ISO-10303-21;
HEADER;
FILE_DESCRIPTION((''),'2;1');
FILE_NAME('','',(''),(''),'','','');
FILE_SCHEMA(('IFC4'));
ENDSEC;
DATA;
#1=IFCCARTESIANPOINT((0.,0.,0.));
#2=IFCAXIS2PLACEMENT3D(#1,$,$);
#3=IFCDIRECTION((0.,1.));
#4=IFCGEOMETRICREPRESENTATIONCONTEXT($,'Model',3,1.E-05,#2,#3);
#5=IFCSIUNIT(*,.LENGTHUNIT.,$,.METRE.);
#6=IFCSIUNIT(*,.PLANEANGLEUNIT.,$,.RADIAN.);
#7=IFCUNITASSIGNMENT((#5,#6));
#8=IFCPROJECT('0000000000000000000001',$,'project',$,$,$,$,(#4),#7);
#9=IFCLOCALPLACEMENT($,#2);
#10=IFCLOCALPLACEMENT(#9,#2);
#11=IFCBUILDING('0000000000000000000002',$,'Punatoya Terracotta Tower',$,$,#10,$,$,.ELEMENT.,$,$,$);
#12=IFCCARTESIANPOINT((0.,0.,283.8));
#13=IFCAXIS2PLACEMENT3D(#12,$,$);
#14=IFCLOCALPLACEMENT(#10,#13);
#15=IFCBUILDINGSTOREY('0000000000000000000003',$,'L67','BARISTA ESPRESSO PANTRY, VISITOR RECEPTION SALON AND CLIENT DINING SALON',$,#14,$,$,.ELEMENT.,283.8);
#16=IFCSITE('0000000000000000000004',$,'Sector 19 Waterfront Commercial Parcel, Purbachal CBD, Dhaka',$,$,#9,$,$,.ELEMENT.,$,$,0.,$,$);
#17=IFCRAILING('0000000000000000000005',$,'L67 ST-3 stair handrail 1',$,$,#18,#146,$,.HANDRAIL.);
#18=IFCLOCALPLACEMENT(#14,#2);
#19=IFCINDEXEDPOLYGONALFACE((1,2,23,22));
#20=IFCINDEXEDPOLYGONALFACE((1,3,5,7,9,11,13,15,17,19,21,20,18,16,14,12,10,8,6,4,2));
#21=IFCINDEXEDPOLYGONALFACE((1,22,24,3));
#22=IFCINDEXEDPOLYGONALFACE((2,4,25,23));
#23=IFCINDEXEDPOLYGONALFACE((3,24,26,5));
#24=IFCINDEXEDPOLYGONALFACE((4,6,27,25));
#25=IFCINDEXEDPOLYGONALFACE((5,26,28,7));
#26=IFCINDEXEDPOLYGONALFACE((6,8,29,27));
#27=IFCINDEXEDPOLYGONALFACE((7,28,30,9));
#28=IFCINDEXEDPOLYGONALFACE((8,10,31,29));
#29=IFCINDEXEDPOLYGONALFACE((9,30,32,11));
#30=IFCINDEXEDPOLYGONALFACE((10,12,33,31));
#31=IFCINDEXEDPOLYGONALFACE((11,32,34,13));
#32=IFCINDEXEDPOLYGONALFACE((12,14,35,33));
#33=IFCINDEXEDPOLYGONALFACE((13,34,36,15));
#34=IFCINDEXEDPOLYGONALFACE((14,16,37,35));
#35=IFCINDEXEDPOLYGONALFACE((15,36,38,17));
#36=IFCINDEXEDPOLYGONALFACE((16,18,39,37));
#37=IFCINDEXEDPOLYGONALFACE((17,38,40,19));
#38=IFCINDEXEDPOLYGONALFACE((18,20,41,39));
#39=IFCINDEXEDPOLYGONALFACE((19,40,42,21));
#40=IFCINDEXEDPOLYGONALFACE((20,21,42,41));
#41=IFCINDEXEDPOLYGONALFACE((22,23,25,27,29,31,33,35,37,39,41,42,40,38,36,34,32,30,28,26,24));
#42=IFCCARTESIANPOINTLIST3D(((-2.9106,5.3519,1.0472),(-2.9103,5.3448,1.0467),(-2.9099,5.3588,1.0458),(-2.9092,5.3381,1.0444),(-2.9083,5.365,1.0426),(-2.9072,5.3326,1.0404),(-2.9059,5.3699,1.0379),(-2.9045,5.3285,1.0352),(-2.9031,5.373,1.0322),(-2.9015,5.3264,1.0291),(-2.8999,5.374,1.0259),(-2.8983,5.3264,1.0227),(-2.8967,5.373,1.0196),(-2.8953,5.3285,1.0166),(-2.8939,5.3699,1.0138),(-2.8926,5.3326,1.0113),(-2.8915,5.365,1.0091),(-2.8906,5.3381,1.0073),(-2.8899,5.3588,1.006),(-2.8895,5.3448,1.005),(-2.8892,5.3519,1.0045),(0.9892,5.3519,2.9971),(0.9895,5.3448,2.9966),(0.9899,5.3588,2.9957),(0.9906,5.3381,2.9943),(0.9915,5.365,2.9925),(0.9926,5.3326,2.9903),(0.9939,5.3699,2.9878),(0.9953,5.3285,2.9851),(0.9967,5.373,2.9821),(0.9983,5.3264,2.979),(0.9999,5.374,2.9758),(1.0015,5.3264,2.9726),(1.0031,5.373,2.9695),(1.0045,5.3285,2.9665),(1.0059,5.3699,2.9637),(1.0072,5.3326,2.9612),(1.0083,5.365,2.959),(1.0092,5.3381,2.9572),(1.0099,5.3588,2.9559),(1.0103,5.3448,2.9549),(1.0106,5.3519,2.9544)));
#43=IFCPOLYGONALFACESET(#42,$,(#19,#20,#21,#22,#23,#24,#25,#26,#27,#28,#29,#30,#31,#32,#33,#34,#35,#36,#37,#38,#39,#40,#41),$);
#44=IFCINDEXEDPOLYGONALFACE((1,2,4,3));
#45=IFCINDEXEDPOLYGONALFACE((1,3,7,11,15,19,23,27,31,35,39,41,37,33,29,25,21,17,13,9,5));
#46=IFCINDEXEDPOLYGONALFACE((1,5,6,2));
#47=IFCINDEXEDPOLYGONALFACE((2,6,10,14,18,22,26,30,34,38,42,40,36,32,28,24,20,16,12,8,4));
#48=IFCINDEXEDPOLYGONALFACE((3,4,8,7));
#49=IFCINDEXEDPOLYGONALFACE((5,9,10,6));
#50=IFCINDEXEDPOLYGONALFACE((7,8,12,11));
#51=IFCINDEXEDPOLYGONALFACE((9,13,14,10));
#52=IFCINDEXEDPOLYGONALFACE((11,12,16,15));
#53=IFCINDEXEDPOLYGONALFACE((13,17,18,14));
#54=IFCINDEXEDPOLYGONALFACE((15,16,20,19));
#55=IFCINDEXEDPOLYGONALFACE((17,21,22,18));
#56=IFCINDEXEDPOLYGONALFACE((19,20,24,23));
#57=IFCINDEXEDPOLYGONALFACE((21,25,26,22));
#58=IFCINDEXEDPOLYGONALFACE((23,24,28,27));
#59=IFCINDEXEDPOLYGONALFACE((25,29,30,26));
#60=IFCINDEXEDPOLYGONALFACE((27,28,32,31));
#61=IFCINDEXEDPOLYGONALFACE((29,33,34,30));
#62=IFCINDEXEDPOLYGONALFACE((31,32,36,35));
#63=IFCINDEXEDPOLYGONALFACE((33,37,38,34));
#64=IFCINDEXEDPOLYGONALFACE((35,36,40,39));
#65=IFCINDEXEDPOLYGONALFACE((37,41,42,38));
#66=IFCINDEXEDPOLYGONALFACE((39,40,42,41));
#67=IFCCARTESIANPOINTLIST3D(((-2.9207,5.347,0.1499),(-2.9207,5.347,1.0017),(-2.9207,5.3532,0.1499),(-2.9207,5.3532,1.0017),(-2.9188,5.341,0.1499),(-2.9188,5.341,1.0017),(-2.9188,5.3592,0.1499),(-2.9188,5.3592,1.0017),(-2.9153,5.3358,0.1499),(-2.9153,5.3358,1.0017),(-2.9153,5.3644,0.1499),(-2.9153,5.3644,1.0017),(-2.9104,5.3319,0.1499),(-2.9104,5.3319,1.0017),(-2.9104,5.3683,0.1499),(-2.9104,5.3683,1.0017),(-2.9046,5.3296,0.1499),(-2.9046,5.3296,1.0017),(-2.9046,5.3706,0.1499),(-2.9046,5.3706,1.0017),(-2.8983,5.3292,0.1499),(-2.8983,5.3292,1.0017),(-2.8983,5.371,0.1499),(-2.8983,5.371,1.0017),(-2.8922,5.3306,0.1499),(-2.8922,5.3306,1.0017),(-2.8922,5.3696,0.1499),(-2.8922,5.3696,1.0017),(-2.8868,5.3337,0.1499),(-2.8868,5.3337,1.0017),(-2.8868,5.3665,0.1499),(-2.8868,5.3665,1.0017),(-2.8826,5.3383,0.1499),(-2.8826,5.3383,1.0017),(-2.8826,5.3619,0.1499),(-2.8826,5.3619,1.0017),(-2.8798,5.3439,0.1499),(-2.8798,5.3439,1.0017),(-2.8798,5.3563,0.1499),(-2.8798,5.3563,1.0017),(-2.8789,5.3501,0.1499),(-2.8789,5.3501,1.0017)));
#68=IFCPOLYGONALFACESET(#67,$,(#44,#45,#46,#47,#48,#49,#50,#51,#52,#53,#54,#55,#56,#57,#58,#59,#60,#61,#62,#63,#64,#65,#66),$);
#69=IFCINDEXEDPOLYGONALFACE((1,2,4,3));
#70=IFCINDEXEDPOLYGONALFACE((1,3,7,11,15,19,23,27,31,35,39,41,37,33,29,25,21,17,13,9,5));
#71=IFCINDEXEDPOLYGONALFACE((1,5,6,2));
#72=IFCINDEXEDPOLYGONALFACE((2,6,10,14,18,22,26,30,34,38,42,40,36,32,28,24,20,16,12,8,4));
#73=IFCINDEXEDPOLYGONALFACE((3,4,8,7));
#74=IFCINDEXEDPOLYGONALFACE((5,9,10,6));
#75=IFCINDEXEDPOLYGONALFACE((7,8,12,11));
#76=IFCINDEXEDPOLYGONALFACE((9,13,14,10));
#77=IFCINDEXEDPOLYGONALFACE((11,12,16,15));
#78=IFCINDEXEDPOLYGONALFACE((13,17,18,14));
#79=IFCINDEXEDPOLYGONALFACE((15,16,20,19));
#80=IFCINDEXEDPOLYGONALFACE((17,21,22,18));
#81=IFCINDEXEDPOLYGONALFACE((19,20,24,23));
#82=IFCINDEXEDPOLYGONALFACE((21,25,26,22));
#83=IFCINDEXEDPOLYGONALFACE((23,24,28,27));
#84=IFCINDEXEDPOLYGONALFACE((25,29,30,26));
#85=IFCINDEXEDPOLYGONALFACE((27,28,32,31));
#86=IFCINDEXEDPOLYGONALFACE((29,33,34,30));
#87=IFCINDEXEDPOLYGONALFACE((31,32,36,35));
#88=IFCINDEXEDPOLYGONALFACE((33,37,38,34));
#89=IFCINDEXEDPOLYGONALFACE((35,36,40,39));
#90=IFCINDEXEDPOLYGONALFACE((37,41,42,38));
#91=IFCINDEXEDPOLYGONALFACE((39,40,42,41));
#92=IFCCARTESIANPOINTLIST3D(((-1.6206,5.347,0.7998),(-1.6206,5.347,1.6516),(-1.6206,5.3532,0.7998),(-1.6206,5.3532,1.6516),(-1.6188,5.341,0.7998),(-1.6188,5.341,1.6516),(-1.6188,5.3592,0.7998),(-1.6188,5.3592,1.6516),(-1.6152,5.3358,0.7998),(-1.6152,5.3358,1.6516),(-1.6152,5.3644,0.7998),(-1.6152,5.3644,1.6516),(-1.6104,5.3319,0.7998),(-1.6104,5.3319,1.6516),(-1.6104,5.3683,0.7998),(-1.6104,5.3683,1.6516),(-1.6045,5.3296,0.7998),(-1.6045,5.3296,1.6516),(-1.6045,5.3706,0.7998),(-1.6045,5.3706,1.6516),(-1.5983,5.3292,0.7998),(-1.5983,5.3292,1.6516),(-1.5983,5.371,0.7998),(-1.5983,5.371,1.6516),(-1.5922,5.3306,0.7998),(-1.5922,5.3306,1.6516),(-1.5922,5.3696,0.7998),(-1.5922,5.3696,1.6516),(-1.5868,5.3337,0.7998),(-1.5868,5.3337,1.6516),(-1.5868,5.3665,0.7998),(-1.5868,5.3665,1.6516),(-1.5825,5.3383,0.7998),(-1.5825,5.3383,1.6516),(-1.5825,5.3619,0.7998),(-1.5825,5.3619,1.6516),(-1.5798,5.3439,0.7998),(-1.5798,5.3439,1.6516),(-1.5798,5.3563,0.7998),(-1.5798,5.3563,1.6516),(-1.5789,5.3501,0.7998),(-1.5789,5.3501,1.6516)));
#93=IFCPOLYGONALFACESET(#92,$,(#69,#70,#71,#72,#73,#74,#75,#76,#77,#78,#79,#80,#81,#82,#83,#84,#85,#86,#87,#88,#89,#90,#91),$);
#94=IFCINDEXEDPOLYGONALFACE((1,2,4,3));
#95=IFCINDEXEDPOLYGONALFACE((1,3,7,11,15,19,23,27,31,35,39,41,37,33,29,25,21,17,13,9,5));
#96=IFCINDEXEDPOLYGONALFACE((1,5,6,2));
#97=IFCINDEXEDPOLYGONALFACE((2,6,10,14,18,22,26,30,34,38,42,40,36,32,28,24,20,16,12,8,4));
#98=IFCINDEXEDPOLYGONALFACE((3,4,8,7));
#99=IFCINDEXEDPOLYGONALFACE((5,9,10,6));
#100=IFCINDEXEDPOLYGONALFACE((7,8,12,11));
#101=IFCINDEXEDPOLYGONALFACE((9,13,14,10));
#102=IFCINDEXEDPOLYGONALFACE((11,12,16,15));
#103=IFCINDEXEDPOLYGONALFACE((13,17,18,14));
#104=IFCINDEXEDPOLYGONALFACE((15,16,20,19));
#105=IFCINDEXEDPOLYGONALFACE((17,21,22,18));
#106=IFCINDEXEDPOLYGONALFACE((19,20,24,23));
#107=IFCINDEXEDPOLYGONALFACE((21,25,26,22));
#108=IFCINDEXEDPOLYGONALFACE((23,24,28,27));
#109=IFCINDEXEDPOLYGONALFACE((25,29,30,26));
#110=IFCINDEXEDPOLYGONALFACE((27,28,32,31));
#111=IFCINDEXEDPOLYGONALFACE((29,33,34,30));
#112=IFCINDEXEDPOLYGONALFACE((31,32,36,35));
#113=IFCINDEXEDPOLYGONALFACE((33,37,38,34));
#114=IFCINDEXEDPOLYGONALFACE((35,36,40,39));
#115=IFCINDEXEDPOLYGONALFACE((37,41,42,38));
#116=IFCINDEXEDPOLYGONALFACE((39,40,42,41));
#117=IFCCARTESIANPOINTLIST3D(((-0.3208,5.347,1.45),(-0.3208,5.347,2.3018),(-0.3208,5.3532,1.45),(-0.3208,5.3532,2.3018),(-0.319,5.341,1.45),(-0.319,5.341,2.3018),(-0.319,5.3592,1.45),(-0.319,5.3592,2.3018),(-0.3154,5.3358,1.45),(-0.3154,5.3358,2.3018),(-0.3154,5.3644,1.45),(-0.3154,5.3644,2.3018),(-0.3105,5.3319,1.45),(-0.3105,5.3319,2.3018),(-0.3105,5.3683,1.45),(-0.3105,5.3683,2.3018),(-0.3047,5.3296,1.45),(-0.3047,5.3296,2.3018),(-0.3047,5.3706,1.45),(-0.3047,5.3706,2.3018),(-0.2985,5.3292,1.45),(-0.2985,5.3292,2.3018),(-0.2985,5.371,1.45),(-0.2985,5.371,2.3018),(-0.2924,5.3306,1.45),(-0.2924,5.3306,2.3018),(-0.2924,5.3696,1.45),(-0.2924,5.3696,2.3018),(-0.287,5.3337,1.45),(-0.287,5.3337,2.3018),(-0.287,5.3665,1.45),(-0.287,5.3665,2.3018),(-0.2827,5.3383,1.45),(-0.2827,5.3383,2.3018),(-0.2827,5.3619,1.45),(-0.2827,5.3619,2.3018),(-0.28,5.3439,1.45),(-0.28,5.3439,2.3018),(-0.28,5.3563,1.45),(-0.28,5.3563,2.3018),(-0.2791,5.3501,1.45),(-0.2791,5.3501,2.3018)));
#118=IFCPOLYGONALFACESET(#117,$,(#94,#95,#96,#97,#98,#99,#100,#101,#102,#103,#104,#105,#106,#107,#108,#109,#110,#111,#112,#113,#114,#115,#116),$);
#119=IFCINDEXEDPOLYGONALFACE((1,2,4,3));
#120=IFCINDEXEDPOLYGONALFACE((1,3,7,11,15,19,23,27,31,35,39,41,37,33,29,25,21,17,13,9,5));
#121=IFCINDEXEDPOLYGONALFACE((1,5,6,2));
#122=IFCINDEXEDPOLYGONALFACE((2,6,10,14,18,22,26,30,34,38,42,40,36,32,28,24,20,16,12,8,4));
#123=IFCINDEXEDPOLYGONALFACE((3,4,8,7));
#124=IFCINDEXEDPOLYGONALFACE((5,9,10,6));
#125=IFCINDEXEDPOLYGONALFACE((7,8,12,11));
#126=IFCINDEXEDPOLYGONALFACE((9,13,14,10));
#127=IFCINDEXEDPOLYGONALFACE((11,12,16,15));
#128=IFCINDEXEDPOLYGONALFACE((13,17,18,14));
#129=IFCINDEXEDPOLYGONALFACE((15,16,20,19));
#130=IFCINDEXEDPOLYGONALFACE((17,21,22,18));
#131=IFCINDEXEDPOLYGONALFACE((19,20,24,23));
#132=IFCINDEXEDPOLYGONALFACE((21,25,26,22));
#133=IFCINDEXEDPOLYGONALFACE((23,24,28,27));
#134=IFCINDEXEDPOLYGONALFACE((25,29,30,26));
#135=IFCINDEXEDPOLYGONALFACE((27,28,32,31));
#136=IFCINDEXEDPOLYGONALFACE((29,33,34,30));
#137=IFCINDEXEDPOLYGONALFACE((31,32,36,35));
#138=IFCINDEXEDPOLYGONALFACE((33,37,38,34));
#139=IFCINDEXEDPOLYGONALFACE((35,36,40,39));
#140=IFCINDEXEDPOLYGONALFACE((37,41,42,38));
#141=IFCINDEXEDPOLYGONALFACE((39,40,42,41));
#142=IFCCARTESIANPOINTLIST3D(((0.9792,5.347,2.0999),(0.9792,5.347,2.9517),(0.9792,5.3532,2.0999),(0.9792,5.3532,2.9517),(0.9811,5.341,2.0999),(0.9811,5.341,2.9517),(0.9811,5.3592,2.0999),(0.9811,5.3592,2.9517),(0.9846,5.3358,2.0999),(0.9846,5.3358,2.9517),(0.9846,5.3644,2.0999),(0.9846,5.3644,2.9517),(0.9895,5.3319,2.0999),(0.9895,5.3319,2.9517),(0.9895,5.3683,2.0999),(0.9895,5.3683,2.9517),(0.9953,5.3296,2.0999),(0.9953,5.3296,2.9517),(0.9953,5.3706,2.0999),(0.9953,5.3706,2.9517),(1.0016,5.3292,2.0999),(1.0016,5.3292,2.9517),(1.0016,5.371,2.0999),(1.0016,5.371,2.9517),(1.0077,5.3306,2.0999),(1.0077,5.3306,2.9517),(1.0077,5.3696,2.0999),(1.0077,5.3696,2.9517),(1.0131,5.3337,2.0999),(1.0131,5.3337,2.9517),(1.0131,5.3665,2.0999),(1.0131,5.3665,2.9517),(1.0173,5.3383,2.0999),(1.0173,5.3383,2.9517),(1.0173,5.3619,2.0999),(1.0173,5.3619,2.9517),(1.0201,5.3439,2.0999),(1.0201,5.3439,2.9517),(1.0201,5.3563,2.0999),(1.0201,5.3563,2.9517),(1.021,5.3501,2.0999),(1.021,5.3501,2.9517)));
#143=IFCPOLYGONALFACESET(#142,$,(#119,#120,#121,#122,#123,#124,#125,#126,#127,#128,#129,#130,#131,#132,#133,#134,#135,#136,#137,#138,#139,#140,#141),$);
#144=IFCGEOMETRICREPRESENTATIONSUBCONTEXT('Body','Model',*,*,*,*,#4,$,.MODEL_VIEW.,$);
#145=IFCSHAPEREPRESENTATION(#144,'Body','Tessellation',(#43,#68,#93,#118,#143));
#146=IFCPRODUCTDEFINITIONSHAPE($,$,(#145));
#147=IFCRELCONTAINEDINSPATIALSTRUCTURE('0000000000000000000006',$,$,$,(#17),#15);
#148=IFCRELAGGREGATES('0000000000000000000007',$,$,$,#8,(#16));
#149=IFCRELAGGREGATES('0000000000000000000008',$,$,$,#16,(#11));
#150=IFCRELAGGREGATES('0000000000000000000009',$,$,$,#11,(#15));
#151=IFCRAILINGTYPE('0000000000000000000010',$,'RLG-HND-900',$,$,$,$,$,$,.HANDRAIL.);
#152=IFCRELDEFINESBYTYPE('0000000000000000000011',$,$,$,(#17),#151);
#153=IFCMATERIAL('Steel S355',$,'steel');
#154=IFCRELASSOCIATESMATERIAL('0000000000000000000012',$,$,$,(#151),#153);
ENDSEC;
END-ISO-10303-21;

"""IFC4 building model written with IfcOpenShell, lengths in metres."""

from ifc_helpers import new_model, si_unit, direction, frame, origin, origin_2d, place, context, subcontext, project, spatial, circle, extrude, material, type_object, element, save


model = new_model("IFC4")

# Units and contexts
model_context = context("Model", 3, precision=1e-05, world=origin(), true_north=direction((0.0, 1.0)))
body_context = subcontext(model_context, "Body", "Model", "MODEL_VIEW")
ifc_project = project(units=[si_unit("LENGTHUNIT", "METRE"), si_unit("PLANEANGLEUNIT", "RADIAN")], contexts=[model_context])

# Site, building, storey
site_placement = place(None, origin())
site = spatial("IfcSite", under=ifc_project, at=site_placement, Name="Sector 19 Waterfront Commercial Parcel, Purbachal CBD, Dhaka", CompositionType="ELEMENT", RefElevation=0.0)
building_placement = place(site_placement, origin())
building = spatial("IfcBuilding", under=site, at=building_placement, Name="Punatoya Terracotta Tower", CompositionType="ELEMENT")
storey_placement = place(building_placement, frame((0.0, 0.0, 283.8)))
storey = spatial("IfcBuildingStorey", under=building, at=storey_placement, Name="L67", Description="BARISTA ESPRESSO PANTRY, VISITOR RECEPTION SALON AND CLIENT DINING SALON", CompositionType="ELEMENT", Elevation=283.8)

# Shared definitions
ifc_material_1 = material(Name="Steel S355", Category="steel")

# Railing
railing_type_1 = type_object("IfcRailingType", Name="RLG-HND-900", PredefinedType="HANDRAIL", material=ifc_material_1)
railing_1_placement = place(storey_placement, frame((-2.8999, 5.3501, 0.1499)))
element("IfcRailing", 1, at=railing_1_placement, inside=storey, type_object=railing_type_1, Name="L67 ST-3 stair handrail 1", PredefinedType="HANDRAIL", context=body_context, shape_type="SweptSolid", body=[
    extrude(circle(Radius=0.0239, at=origin_2d()), frame((0.0, 0.0, 0.876), z_axis=(0.894427, 0.0, 0.447214), x_axis=(0.0, 1.0, 0.0)), (0.0, 0.0, 1.0), 4.3601),
    extrude(circle(Radius=0.021, at=origin_2d()), origin(), (0.0, 0.0, 1.0), 0.8518),
    extrude(circle(Radius=0.021, at=origin_2d()), frame((1.3, 0.0, 0.6499)), (0.0, 0.0, 1.0), 0.8518),
    extrude(circle(Radius=0.021, at=origin_2d()), frame((2.5999, 0.0, 1.3)), (0.0, 0.0, 1.0), 0.8518),
    extrude(circle(Radius=0.021, at=origin_2d()), frame((3.8999, 0.0, 1.95)), (0.0, 0.0, 1.0), 0.8518),
])

save(model, "model.ifc")
